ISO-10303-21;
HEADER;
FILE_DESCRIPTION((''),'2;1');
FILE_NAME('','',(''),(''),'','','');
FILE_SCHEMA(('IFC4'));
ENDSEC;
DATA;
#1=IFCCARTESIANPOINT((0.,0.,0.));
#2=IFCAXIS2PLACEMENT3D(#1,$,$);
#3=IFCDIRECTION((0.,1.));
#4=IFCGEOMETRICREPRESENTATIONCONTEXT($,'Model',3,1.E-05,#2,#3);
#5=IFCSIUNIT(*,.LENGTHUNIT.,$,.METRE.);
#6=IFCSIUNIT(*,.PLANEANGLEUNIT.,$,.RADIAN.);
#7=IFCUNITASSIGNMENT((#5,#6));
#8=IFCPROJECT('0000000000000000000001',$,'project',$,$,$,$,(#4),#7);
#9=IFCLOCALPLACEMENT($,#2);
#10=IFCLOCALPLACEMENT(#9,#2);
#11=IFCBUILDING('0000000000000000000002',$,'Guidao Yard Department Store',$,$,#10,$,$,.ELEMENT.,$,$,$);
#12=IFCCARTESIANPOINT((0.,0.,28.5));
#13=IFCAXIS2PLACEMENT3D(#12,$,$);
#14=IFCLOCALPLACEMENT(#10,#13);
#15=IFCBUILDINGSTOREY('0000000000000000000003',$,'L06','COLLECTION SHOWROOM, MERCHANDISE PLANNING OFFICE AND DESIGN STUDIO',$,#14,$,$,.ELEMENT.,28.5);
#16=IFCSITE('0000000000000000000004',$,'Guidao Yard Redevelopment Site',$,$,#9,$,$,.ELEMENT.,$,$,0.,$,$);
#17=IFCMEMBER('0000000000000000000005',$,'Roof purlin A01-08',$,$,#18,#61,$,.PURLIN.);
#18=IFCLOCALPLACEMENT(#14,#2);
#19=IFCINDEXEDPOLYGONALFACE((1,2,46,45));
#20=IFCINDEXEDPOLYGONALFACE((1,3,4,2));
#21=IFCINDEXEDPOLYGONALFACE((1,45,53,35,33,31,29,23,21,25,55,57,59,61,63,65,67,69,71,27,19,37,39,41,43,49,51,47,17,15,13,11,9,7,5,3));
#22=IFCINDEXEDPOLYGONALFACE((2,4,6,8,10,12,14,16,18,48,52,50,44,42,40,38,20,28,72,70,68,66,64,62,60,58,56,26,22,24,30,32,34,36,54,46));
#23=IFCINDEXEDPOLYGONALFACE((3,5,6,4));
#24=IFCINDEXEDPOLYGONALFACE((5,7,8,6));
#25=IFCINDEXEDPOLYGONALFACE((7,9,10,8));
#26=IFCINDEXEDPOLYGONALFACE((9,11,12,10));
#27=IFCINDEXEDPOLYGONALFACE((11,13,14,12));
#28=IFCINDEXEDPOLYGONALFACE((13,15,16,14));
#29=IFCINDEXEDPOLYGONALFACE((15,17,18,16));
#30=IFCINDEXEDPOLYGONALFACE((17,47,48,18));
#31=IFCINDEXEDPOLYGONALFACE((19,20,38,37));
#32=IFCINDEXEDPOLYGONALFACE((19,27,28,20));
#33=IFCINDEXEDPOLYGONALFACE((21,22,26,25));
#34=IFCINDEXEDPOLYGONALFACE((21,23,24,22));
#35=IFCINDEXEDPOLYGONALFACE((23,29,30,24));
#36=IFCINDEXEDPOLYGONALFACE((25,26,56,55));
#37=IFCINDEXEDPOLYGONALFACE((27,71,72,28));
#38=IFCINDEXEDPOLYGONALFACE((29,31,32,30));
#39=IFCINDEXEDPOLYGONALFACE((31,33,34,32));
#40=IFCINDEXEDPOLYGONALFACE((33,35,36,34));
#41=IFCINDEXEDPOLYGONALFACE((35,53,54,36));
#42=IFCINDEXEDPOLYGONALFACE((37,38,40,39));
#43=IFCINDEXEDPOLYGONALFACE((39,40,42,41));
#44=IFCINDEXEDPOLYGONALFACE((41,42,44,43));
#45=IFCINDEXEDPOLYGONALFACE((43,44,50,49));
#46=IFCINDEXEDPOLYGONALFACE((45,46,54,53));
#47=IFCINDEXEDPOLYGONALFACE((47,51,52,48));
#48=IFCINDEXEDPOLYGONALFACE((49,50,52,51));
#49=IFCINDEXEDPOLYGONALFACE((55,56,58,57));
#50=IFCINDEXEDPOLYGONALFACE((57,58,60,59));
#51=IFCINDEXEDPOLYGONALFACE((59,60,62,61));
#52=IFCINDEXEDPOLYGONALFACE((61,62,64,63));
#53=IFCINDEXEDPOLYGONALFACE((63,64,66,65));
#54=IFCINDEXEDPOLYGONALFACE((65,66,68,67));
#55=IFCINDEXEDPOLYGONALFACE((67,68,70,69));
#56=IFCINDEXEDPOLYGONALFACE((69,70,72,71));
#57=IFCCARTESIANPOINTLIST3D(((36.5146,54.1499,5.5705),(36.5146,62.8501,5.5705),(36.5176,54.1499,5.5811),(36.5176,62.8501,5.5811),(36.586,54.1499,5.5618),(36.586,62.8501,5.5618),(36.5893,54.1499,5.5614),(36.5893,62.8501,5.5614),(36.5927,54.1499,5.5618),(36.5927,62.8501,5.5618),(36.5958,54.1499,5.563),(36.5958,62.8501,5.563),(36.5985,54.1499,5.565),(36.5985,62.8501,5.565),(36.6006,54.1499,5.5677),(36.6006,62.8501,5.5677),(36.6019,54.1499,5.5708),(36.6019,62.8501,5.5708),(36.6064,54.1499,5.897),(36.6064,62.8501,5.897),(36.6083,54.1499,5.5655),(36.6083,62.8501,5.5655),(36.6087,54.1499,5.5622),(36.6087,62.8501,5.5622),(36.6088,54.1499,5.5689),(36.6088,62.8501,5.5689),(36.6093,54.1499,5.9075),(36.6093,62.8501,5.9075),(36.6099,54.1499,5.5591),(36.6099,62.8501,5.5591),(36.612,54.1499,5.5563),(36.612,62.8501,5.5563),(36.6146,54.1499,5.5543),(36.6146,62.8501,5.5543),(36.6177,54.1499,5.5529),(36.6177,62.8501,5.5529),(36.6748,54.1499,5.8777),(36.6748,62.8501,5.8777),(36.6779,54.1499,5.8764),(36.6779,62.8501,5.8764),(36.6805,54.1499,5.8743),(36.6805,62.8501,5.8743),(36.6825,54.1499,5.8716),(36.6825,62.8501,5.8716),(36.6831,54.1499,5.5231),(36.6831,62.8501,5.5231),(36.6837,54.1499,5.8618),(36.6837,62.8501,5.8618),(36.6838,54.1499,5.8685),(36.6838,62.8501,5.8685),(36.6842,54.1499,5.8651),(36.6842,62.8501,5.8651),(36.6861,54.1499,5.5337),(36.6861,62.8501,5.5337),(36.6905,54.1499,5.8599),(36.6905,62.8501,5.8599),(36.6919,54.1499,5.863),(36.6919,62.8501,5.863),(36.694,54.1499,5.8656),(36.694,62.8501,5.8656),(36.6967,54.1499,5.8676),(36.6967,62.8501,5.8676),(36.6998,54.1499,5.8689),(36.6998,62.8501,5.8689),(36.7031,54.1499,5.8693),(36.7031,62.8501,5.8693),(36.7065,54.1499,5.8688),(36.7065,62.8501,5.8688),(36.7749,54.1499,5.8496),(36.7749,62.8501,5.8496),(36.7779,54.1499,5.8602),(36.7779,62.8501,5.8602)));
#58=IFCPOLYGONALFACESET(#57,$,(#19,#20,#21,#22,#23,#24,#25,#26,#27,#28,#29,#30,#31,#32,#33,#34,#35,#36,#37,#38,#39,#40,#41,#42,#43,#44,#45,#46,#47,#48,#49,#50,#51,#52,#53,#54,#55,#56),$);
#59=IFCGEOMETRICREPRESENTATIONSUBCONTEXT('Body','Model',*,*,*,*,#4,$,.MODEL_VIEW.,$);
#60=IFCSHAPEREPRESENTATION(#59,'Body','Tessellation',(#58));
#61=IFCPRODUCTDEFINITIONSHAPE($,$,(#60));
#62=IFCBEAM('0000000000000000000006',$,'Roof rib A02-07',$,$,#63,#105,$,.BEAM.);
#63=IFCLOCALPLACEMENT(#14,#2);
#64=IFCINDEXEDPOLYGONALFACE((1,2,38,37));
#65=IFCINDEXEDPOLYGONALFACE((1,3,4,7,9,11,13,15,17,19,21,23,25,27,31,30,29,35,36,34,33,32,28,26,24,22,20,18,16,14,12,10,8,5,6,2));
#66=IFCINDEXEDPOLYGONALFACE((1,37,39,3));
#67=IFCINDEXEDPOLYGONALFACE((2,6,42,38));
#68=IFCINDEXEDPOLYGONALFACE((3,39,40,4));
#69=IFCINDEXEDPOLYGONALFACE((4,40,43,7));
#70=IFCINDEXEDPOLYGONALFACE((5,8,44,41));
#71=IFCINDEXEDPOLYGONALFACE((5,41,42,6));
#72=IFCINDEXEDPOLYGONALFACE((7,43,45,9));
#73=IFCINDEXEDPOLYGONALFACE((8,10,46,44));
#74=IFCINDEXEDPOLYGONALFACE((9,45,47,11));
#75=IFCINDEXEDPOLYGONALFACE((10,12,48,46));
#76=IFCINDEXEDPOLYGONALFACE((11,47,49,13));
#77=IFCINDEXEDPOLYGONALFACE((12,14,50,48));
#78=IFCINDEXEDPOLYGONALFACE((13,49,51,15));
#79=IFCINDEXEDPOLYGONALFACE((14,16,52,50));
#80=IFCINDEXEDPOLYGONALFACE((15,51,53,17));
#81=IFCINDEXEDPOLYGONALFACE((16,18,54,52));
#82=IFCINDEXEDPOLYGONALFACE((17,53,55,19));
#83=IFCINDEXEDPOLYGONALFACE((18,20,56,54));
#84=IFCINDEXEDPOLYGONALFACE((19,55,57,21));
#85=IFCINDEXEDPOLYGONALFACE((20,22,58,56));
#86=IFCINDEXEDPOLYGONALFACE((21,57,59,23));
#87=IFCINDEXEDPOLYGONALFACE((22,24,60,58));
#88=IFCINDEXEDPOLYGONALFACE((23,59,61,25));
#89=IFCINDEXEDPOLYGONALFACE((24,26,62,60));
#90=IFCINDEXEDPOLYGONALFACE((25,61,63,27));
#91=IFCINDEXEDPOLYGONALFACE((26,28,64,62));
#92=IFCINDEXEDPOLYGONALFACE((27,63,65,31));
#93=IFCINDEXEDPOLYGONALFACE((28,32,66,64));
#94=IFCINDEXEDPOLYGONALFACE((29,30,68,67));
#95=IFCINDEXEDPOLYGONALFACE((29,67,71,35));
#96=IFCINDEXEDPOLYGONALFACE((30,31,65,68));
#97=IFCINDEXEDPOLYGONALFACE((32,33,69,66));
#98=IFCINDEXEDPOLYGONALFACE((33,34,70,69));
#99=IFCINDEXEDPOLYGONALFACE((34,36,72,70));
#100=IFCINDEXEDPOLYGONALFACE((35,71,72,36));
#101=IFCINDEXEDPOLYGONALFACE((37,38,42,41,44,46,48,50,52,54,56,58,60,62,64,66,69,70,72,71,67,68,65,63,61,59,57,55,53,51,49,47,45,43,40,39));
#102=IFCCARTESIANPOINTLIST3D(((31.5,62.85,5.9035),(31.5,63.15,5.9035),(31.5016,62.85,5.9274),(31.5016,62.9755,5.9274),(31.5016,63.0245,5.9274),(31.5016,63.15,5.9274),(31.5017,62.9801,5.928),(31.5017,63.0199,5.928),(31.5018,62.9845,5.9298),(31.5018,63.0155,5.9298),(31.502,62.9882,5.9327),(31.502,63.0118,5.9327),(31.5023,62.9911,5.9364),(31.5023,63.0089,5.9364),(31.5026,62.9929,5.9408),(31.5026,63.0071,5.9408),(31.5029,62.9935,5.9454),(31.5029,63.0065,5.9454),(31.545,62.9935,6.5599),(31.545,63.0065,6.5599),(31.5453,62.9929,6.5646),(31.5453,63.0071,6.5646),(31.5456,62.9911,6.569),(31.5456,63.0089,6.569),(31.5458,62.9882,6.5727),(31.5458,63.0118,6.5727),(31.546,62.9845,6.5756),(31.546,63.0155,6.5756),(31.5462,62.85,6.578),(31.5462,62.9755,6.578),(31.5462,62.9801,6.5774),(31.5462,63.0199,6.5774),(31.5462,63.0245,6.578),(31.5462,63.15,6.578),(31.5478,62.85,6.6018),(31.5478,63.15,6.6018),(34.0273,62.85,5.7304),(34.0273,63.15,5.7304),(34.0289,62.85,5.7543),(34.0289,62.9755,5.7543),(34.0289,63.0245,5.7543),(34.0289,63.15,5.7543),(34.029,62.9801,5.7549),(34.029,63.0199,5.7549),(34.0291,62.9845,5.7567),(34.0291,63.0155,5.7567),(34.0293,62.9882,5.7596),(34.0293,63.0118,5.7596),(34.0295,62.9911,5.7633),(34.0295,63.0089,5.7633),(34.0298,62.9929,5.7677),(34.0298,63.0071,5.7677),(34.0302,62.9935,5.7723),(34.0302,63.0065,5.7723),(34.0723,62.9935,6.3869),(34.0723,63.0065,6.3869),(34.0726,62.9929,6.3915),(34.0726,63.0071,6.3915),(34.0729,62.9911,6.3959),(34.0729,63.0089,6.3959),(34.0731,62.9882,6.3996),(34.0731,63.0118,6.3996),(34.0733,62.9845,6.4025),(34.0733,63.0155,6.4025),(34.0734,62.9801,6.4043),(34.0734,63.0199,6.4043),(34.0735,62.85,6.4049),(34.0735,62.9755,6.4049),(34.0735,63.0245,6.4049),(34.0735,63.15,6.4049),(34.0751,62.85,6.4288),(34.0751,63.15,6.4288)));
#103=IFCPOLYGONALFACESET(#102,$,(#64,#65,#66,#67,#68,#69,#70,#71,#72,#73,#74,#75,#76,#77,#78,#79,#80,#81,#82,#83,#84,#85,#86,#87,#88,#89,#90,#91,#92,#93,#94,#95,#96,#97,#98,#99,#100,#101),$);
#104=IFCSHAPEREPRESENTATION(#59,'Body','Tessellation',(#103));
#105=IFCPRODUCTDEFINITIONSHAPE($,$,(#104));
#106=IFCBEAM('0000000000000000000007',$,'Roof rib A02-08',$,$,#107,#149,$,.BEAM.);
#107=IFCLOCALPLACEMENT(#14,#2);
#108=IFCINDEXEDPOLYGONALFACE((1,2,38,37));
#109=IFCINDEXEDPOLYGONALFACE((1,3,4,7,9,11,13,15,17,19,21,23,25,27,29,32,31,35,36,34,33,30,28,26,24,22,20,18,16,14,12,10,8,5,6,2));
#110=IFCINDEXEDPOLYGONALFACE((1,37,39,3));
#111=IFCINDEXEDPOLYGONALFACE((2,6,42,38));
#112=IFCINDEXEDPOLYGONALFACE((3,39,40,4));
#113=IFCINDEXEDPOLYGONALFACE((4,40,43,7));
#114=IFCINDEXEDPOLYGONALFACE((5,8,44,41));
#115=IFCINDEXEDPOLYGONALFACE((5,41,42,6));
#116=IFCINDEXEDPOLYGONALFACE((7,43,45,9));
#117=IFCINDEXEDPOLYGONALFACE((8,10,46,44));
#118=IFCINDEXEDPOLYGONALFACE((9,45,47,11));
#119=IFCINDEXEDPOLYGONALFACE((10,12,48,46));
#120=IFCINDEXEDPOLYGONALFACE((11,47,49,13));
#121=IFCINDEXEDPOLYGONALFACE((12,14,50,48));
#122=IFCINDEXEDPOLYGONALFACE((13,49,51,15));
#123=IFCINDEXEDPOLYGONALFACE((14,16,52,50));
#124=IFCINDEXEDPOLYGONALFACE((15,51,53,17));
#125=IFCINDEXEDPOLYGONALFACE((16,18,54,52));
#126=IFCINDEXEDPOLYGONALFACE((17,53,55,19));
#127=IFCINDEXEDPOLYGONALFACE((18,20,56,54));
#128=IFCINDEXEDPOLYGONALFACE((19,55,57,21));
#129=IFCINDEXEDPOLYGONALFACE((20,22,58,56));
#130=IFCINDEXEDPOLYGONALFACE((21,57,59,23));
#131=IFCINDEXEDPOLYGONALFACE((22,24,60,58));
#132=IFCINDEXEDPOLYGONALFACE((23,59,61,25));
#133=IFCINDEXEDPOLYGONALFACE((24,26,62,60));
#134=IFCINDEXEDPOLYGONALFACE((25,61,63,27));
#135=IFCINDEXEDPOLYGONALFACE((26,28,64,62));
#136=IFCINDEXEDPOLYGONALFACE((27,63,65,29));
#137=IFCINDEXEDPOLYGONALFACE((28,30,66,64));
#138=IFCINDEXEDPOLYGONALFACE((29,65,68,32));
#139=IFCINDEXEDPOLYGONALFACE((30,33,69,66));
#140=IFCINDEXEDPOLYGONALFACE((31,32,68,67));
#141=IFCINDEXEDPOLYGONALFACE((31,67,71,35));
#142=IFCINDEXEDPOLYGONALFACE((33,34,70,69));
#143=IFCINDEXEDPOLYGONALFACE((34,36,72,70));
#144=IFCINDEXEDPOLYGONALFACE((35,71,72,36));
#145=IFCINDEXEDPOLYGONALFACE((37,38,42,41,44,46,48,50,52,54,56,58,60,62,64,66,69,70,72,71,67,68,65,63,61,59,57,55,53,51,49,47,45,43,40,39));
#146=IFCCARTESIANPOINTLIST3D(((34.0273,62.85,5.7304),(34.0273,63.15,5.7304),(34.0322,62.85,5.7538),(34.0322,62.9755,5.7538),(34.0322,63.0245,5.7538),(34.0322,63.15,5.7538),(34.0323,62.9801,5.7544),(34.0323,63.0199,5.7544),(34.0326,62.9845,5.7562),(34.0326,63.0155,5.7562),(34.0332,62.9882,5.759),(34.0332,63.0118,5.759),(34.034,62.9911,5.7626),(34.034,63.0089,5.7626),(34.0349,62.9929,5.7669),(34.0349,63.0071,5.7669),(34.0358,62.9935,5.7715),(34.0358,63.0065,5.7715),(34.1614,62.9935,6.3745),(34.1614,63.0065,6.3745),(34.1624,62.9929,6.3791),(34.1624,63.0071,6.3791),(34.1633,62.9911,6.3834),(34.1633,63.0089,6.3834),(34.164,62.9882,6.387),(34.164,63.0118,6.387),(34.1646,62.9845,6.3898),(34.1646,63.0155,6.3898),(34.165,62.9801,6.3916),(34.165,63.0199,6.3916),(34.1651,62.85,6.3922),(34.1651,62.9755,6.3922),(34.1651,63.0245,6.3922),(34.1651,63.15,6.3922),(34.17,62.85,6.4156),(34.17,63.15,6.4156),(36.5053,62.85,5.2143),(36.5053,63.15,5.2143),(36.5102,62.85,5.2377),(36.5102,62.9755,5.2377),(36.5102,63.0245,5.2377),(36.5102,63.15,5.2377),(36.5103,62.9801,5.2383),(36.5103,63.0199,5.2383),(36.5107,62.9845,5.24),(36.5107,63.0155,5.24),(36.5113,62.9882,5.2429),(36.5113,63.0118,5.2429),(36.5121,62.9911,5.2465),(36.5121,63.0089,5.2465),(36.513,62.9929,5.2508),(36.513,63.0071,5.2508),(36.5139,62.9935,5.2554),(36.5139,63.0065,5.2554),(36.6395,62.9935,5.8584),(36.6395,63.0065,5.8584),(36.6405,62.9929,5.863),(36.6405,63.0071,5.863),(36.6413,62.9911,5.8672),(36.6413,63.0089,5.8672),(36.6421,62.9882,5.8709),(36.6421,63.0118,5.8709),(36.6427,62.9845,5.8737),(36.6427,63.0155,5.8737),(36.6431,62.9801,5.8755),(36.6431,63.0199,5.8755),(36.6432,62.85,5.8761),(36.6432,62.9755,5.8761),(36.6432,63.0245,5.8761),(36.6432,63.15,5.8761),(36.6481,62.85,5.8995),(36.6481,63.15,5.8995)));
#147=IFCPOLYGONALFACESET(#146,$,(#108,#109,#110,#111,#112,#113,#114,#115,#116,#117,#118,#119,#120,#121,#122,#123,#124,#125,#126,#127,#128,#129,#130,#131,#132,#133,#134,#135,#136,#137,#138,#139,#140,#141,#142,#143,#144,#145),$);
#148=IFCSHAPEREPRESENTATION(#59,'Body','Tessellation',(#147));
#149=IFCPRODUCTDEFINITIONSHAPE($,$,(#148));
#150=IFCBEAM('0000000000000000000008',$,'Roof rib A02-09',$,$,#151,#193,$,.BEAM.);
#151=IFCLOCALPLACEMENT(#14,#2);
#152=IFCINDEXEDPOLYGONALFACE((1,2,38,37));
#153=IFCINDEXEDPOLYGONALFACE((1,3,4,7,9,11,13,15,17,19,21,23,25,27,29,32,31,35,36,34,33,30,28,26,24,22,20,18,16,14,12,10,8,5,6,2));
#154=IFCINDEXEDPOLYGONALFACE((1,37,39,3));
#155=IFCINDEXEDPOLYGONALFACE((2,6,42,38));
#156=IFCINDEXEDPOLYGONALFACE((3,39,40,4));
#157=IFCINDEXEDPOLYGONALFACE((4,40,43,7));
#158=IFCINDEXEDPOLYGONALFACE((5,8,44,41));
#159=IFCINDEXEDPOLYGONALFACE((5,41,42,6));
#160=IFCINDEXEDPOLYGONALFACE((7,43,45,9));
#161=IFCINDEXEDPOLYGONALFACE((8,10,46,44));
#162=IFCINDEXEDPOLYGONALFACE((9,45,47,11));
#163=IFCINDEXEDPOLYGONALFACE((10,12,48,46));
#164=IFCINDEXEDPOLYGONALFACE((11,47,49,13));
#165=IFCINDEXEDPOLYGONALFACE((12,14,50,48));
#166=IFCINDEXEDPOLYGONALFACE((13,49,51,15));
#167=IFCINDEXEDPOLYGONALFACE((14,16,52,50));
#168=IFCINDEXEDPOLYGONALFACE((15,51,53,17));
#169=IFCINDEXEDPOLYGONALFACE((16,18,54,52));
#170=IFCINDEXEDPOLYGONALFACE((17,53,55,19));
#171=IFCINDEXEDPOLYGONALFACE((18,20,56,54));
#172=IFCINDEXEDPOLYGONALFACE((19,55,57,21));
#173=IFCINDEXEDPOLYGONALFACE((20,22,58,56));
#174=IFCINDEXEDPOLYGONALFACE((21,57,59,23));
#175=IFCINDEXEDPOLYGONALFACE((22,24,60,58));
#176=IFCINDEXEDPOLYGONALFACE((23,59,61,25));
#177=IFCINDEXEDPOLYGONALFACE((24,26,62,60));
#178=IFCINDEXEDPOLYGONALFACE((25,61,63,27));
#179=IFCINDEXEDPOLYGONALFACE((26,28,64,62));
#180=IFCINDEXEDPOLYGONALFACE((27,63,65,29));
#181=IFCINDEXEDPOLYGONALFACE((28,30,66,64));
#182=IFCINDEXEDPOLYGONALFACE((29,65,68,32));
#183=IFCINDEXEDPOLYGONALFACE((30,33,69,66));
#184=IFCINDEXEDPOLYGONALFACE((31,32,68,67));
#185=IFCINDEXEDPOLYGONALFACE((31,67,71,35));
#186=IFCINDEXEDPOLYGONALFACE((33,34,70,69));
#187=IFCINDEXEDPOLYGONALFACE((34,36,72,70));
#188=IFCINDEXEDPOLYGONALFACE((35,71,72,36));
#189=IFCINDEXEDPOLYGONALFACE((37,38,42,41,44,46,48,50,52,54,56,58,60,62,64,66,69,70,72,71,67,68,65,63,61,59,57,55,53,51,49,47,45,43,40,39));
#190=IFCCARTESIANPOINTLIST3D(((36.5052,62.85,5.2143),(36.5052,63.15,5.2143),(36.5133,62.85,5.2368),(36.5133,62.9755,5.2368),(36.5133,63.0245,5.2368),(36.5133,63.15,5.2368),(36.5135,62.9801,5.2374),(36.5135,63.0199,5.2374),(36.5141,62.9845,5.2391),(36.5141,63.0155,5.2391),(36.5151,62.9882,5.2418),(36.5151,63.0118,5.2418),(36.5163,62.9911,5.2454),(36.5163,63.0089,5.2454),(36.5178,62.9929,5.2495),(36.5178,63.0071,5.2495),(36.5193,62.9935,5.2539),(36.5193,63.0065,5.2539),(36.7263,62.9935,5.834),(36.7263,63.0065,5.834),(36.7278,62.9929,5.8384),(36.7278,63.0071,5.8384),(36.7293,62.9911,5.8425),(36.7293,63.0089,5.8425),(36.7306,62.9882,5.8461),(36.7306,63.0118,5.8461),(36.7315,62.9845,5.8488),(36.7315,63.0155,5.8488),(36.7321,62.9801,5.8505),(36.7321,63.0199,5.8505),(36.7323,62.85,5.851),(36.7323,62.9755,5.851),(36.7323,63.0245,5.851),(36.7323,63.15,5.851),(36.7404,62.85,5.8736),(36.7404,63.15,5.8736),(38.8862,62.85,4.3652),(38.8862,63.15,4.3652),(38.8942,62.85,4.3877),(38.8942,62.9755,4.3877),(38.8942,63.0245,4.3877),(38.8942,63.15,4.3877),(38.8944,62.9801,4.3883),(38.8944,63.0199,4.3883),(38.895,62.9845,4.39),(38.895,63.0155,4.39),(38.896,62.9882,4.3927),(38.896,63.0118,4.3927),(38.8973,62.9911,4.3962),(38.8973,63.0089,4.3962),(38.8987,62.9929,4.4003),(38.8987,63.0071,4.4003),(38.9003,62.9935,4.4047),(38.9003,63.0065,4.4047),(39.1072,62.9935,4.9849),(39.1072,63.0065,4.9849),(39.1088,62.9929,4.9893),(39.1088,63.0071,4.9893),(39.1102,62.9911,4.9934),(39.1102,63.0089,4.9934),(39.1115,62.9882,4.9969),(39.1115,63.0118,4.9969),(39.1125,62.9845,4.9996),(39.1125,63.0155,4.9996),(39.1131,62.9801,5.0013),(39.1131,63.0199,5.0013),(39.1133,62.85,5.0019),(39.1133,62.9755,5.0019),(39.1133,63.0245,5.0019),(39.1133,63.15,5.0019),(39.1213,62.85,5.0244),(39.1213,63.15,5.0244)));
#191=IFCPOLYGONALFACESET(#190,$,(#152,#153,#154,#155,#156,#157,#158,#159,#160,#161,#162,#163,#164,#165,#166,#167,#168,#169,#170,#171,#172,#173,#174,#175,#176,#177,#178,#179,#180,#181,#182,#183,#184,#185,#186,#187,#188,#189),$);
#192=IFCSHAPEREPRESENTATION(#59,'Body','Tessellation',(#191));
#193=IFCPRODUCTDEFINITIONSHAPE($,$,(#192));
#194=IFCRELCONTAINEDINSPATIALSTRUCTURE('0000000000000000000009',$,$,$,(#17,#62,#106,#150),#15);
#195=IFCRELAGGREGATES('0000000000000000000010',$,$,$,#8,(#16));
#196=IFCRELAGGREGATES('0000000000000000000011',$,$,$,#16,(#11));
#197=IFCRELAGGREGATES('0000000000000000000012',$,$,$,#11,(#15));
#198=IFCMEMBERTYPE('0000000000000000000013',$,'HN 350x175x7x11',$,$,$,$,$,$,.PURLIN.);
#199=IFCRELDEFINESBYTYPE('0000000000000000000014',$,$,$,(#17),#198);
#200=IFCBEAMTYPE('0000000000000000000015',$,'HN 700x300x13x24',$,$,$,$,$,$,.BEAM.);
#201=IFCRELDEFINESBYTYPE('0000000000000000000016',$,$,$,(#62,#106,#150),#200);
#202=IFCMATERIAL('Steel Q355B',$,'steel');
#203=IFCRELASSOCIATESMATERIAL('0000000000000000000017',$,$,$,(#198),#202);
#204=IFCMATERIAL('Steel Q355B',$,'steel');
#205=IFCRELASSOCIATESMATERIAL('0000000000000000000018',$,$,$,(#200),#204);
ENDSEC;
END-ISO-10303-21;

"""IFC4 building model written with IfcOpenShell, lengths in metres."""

from ifc_helpers import new_model, si_unit, direction, frame, origin, origin_2d, place, context, subcontext, project, spatial, i_section, extrude, material, material_profile, profile_set, type_object, element, save


model = new_model("IFC4")

# Units and contexts
model_context = context("Model", 3, precision=1e-05, world=origin(), true_north=direction((0.0, 1.0)))
body_context = subcontext(model_context, "Body", "Model", "MODEL_VIEW")
ifc_project = project(units=[si_unit("LENGTHUNIT", "METRE"), si_unit("PLANEANGLEUNIT", "RADIAN")], contexts=[model_context])

# Site, building, storey
site_placement = place(None, origin())
site = spatial("IfcSite", under=ifc_project, at=site_placement, Name="Guidao Yard Redevelopment Site", CompositionType="ELEMENT", RefElevation=0.0)
building_placement = place(site_placement, origin())
building = spatial("IfcBuilding", under=site, at=building_placement, Name="Guidao Yard Department Store", CompositionType="ELEMENT")
storey_placement = place(building_placement, frame((0.0, 0.0, 28.5)))
storey = spatial("IfcBuildingStorey", under=building, at=storey_placement, Name="L06", Description="COLLECTION SHOWROOM, MERCHANDISE PLANNING OFFICE AND DESIGN STUDIO", CompositionType="ELEMENT", Elevation=28.5)

# Member
ifc_material_1 = material(Name="Steel Q355B", Category="steel")
ifc_material_profile_1 = material_profile(ifc_material_1, i_section(OverallWidth=0.175, OverallDepth=0.3501, WebThickness=0.0071, FlangeThickness=0.011, FilletRadius=0.0129, at=origin_2d()), Name="HN 350x175x7x11")
ifc_profile_set_1 = profile_set([ifc_material_profile_1], Name="Steel Q355B")
member_type_1 = type_object("IfcMemberType", Name="HN 350x175x7x11", PredefinedType="PURLIN", material=ifc_profile_set_1)
for number, where, z_axis, x_axis, name in (
    (1, (36.6462, 54.1499, 5.7153), (0.0, 1.0, 0.0), (-0.962712, 0.0, 0.270529), "Roof purlin A01-08"),
):
    element("IfcMember", number, at=place(storey_placement, frame(where, z_axis=z_axis, x_axis=x_axis)), inside=storey, type_object=member_type_1, Name=name, PredefinedType="PURLIN", context=body_context, shape_type="SweptSolid", body=[
        extrude(i_section(OverallWidth=0.175, OverallDepth=0.3501, WebThickness=0.0071, FlangeThickness=0.011, FilletRadius=0.0129, at=origin_2d()), origin(), (0.0, 0.0, 1.0), 8.7002),
    ])

# Beams
ifc_material_2 = material(Name="Steel Q355B", Category="steel")
ifc_material_profile_2 = material_profile(ifc_material_2, i_section(OverallWidth=0.3, OverallDepth=0.7, WebThickness=0.0129, FlangeThickness=0.0239, FilletRadius=0.0181, at=origin_2d()), Name="HN 700x300x13x24")
ifc_profile_set_2 = profile_set([ifc_material_profile_2], Name="Steel Q355B")
beam_type = type_object("IfcBeamType", Name="HN 700x300x13x24", PredefinedType="BEAM", material=ifc_profile_set_2)
beam_1_placement = place(storey_placement, frame((31.5239, 63.0, 6.2527), z_axis=(0.997663, 0.0, -0.068329), x_axis=(0.0, 1.0, 0.0)))
element("IfcBeam", 2, at=beam_1_placement, inside=storey, type_object=beam_type, Name="Roof rib A02-07", PredefinedType="BEAM", context=body_context, shape_type="SweptSolid", body=[
    extrude(i_section(OverallWidth=0.3, OverallDepth=0.7, WebThickness=0.0129, FlangeThickness=0.0239, FilletRadius=0.0181, at=origin_2d()), origin(), (0.0, 0.0, 1.0), 2.5332),
])
beam_2_placement = place(storey_placement, frame((34.0986, 63.0, 6.073), z_axis=(0.978992, 0.0, -0.2039), x_axis=(0.0, 1.0, 0.0)))
element("IfcBeam", 3, at=beam_2_placement, inside=storey, type_object=beam_type, Name="Roof rib A02-08", PredefinedType="BEAM", context=body_context, shape_type="SweptSolid", body=[
    extrude(i_section(OverallWidth=0.3, OverallDepth=0.7, WebThickness=0.0129, FlangeThickness=0.0239, FilletRadius=0.0181, at=origin_2d()), origin(), (0.0, 0.0, 1.0), 2.5312),
])
beam_3_placement = place(storey_placement, frame((36.6228, 63.0, 5.5439), z_axis=(0.94189, 0.0, -0.33592), x_axis=(0.0, 1.0, 0.0)))
element("IfcBeam", 4, at=beam_3_placement, inside=storey, type_object=beam_type, Name="Roof rib A02-09", PredefinedType="BEAM", context=body_context, shape_type="SweptSolid", body=[
    extrude(i_section(OverallWidth=0.3, OverallDepth=0.7, WebThickness=0.0129, FlangeThickness=0.0239, FilletRadius=0.0181, at=origin_2d()), origin(), (0.0, 0.0, 1.0), 2.5278),
])

save(model, "model.ifc")
